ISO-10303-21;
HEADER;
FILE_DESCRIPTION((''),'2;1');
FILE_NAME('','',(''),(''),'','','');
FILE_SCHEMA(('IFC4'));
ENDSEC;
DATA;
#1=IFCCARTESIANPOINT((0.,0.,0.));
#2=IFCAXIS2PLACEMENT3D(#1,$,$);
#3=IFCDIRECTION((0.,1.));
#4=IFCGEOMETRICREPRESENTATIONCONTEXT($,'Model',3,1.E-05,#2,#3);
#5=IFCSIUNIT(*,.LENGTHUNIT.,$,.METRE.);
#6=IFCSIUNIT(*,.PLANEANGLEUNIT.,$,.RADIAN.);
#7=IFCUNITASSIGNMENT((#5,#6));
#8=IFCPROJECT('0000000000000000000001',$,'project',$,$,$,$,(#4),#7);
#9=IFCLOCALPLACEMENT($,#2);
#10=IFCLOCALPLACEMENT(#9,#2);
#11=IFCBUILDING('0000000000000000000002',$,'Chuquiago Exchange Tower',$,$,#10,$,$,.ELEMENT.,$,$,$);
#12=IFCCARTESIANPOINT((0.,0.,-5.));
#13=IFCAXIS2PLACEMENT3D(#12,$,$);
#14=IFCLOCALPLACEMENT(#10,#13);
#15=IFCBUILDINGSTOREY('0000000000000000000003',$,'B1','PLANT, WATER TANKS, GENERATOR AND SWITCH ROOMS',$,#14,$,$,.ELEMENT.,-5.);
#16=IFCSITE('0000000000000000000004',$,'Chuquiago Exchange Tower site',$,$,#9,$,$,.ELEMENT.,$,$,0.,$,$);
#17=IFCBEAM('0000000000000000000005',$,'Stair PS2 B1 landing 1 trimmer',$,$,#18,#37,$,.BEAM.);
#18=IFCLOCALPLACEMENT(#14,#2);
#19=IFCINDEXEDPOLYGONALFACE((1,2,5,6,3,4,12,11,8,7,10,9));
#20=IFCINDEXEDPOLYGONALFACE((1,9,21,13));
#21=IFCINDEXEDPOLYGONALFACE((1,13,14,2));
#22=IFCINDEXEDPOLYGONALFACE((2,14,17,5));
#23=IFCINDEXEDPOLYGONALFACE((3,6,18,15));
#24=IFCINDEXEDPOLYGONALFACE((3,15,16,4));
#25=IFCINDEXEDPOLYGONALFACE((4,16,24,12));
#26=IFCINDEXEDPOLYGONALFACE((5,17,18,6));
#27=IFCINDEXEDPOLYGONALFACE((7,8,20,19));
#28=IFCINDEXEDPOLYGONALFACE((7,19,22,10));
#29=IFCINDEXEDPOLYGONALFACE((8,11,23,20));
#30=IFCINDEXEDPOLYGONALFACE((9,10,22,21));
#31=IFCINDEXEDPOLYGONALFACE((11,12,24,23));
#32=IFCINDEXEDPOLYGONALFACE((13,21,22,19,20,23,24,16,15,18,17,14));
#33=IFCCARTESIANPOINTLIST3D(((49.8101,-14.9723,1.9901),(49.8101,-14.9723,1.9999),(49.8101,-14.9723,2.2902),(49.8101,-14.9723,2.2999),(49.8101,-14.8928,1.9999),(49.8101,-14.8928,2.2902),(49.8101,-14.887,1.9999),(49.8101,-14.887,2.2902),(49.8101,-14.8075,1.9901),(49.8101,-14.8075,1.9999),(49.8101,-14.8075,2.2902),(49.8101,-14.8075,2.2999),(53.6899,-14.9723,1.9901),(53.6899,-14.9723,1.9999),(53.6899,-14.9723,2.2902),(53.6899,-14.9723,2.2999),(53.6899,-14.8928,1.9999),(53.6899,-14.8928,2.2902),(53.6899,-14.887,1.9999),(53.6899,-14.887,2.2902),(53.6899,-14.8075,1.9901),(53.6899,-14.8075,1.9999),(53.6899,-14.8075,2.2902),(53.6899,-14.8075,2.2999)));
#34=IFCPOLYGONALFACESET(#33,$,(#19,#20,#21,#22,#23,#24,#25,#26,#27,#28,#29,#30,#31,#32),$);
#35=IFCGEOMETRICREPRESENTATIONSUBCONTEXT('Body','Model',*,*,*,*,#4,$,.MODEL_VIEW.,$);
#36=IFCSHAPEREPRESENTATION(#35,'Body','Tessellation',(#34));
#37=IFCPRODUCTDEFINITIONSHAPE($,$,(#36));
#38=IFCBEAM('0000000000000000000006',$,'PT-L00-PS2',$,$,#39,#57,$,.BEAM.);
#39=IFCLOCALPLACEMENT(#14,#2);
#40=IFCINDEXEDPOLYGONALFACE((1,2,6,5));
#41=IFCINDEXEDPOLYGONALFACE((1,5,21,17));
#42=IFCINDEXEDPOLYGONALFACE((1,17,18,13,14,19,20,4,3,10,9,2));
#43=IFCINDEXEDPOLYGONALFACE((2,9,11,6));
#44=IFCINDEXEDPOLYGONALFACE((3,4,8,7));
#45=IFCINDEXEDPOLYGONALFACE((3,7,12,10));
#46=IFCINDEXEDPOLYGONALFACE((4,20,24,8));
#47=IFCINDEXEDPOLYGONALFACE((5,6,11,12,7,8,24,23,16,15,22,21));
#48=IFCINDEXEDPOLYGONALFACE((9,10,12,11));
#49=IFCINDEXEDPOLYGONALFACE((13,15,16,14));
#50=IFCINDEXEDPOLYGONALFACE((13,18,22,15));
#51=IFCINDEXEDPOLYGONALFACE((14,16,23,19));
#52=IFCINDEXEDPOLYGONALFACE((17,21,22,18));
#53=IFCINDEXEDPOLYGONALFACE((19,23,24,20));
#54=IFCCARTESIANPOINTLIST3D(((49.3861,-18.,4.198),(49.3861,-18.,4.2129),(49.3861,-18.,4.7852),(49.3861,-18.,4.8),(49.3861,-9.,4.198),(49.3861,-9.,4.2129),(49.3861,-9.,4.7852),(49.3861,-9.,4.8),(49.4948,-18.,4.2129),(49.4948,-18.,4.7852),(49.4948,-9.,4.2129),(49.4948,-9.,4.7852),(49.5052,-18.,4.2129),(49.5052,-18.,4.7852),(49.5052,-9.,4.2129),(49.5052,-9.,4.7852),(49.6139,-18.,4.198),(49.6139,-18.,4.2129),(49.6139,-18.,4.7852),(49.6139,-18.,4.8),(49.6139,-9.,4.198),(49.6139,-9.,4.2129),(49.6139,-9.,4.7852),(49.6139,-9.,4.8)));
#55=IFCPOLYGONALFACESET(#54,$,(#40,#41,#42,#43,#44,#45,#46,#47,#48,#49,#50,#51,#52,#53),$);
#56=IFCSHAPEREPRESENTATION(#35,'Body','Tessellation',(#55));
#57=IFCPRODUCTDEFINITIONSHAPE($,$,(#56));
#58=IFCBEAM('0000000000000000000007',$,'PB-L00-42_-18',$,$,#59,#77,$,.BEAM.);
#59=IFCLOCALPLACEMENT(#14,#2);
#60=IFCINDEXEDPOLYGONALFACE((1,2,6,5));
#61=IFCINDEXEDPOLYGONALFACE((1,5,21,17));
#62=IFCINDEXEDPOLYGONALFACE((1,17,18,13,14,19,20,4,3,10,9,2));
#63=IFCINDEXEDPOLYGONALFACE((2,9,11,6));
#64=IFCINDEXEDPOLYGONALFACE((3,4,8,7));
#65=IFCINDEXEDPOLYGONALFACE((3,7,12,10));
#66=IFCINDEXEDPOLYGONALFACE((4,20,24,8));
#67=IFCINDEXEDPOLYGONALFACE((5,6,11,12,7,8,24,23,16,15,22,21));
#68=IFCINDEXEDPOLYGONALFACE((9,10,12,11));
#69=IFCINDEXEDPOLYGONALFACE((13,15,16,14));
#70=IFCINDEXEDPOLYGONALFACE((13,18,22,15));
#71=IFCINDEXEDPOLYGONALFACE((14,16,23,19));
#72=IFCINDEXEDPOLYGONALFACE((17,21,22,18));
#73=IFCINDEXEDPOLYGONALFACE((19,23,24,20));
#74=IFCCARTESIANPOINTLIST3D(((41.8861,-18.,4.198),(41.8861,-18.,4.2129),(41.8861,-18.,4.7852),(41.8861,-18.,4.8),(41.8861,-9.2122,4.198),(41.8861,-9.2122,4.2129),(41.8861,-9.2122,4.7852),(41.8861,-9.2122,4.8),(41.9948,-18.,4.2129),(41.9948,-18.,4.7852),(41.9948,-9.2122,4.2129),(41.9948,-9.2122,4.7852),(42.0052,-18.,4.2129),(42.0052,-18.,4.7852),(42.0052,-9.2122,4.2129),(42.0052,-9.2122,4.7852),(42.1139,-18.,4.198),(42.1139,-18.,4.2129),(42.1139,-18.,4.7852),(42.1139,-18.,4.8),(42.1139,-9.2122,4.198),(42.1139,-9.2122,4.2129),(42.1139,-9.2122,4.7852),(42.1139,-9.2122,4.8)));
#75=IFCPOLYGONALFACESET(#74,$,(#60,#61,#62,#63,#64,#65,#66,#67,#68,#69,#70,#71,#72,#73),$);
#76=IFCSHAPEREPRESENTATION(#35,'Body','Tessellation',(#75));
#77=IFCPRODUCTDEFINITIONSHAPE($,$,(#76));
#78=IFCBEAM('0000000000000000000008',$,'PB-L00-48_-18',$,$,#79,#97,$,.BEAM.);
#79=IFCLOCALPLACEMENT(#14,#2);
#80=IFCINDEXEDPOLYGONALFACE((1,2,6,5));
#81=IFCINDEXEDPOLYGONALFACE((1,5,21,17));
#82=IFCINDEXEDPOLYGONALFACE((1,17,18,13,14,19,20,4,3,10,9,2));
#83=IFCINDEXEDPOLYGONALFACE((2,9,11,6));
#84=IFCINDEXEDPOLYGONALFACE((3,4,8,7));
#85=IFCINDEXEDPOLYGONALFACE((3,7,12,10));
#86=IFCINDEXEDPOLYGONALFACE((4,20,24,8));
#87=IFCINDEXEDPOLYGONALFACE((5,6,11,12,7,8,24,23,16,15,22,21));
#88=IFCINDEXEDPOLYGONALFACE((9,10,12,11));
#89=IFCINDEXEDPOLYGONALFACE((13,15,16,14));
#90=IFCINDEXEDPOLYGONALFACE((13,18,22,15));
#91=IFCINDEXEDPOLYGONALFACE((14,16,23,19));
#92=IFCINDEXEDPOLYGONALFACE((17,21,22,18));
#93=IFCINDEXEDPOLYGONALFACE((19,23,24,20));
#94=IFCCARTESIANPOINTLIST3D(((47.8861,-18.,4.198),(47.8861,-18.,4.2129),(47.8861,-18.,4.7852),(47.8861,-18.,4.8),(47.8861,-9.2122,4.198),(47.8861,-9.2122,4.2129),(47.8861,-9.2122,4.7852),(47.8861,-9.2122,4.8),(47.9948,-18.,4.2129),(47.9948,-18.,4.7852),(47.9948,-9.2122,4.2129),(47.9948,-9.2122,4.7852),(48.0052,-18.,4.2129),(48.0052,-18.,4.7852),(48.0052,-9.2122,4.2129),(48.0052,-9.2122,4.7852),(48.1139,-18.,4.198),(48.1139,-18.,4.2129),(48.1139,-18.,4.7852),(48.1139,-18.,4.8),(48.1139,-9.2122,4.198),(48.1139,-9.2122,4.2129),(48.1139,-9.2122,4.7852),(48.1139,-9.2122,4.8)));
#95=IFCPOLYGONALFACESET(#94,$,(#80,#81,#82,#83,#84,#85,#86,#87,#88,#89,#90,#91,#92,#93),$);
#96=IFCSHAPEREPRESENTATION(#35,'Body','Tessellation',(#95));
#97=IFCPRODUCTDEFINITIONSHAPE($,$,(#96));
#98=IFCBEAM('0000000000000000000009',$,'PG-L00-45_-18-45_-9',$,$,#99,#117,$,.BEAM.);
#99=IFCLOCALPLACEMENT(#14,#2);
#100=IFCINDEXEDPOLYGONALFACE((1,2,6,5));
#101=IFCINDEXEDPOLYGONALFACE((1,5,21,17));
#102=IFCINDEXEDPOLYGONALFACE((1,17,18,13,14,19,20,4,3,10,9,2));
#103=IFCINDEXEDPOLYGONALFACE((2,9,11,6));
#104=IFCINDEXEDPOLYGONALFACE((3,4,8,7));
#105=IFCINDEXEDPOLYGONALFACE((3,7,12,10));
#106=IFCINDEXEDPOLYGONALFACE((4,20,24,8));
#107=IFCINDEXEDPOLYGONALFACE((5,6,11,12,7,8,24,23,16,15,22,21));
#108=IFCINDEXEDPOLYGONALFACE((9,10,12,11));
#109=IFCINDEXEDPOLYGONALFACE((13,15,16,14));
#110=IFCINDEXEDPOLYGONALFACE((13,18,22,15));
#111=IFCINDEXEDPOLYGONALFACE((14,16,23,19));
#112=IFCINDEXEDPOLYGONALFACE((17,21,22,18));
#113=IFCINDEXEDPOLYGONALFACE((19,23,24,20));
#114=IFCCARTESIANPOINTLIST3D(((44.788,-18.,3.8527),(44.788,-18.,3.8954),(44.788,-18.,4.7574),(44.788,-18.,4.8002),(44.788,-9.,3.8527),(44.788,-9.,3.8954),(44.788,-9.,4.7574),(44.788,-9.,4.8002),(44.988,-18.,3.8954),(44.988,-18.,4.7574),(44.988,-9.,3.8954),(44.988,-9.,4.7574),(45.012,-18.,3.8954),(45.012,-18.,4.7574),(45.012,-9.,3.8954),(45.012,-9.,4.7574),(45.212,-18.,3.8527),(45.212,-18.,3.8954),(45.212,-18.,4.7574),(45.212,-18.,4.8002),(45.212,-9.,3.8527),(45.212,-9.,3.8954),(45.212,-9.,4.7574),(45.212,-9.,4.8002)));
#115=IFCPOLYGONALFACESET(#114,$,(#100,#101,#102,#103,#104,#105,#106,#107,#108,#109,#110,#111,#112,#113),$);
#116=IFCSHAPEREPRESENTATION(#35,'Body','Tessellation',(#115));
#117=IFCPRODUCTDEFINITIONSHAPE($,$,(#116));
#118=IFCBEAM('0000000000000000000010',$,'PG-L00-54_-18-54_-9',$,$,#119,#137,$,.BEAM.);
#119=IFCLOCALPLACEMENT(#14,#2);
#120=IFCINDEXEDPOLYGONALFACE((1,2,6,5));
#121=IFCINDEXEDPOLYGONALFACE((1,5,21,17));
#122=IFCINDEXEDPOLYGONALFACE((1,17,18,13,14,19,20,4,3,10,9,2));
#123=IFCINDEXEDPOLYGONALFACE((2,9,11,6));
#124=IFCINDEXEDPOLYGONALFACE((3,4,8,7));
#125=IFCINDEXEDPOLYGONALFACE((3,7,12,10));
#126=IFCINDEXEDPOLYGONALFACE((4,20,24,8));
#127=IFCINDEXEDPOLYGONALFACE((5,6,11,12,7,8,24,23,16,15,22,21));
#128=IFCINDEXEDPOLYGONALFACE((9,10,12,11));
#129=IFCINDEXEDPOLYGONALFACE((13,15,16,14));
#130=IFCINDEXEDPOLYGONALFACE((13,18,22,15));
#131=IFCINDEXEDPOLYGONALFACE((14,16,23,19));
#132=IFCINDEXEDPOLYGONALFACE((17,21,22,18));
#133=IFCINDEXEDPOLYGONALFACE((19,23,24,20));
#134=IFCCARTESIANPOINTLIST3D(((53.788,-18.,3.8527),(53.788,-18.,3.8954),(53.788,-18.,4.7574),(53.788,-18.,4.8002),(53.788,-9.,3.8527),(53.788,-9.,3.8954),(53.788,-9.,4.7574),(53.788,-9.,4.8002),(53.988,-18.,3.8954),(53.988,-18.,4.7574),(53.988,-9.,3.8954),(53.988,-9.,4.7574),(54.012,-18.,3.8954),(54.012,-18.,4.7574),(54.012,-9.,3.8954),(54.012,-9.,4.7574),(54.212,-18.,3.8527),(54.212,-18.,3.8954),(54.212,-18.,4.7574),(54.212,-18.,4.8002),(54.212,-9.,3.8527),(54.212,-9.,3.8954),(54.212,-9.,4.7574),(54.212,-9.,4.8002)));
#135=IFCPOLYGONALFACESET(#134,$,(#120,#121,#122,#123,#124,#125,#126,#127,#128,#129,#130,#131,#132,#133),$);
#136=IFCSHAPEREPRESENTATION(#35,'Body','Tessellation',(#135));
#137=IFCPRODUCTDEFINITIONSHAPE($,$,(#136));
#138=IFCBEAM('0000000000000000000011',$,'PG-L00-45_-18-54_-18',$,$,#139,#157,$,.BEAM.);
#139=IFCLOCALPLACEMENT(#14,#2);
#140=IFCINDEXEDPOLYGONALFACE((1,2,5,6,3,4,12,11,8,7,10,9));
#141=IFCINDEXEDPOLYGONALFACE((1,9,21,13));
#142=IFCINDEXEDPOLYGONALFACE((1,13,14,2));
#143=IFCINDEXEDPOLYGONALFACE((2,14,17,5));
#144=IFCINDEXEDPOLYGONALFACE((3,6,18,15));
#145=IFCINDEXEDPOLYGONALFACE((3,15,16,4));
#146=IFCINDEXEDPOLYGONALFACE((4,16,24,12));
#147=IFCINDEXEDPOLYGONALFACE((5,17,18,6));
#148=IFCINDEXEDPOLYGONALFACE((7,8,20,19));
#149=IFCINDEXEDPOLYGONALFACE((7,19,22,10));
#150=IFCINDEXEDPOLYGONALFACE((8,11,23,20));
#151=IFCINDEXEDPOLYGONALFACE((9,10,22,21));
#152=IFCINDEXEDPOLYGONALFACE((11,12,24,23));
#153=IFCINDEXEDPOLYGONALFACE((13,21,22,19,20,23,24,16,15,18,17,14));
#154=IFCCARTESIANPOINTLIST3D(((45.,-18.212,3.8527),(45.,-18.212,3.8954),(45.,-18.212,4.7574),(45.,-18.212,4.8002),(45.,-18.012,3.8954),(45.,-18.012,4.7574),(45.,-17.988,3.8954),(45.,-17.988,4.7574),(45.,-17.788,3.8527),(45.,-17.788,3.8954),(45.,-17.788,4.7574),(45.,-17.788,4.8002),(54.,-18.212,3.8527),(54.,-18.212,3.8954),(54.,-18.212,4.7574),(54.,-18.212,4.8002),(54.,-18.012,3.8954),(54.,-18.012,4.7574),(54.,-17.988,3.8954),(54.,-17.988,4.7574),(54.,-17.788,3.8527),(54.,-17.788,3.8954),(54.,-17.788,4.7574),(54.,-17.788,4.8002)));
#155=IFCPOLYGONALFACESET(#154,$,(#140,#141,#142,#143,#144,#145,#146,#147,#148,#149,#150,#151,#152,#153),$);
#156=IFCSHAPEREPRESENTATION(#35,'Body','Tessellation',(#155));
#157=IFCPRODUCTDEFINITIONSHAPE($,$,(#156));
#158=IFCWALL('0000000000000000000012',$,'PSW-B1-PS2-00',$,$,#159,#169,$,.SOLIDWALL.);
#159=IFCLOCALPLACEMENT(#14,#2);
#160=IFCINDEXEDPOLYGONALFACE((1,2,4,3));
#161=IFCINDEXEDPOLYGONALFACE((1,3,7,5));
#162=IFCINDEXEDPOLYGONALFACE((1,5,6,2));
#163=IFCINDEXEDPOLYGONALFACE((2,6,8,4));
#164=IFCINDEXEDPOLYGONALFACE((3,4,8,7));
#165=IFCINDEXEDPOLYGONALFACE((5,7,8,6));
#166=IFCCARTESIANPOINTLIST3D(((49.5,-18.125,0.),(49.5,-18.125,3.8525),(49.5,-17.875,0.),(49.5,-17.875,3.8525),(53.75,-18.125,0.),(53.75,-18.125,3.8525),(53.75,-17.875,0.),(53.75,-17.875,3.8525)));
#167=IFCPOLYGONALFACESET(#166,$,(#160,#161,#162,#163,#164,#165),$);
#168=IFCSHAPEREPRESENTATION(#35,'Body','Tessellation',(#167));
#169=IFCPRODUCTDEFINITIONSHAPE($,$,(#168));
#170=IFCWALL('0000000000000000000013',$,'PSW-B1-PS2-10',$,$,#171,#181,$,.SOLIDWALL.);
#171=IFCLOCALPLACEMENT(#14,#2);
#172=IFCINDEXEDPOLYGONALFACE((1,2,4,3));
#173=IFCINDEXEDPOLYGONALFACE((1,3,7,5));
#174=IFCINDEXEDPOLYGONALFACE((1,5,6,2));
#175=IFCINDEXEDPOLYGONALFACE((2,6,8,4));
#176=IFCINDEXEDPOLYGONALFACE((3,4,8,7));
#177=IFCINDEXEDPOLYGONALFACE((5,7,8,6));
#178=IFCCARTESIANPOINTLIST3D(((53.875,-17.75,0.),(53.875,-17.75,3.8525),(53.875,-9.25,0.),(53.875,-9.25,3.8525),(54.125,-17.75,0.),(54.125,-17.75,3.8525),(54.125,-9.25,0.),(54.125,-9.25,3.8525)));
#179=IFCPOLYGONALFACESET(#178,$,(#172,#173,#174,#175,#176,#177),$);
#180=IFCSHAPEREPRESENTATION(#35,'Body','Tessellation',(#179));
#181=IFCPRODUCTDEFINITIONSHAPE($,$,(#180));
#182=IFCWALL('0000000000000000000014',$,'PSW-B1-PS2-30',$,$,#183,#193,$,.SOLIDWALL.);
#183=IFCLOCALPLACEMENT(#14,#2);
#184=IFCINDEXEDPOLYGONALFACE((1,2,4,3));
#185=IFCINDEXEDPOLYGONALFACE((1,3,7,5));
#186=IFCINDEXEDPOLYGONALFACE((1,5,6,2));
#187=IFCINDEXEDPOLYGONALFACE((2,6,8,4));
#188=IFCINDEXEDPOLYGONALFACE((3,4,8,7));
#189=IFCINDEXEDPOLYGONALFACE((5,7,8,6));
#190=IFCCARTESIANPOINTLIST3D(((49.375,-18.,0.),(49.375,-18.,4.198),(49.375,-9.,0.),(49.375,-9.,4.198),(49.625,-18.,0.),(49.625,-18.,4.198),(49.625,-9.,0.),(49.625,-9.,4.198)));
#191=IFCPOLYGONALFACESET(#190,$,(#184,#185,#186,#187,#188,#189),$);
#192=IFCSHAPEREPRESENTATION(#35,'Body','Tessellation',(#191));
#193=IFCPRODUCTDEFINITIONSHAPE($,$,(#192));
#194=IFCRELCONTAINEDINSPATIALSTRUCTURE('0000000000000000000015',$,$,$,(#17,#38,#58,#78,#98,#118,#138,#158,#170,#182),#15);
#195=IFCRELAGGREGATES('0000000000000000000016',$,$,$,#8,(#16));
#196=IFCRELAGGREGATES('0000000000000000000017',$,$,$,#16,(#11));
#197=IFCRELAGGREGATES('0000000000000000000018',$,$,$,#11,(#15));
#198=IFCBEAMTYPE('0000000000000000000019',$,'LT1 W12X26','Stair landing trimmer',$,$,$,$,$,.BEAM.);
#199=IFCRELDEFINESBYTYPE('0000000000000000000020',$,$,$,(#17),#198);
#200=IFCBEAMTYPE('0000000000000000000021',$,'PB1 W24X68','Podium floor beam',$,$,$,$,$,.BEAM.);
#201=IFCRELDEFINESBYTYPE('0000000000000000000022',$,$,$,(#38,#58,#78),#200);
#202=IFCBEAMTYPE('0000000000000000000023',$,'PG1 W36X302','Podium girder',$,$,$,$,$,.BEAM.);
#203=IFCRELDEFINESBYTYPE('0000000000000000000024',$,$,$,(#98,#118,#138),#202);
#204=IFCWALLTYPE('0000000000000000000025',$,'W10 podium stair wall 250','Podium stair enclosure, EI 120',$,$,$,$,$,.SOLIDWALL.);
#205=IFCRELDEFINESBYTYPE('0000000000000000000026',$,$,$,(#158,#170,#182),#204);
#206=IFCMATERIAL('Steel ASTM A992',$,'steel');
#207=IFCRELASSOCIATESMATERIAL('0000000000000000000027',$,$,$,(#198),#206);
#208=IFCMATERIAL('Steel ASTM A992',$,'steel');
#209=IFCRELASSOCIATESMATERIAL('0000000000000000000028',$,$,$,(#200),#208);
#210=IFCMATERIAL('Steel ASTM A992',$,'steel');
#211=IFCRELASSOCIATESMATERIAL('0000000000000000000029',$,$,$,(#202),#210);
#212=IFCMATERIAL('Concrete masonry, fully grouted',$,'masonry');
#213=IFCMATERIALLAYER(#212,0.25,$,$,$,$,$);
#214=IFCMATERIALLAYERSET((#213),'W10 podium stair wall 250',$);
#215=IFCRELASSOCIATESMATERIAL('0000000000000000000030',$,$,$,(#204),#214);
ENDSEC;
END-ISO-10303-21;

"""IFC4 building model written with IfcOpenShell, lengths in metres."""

from ifc_helpers import new_model, si_unit, direction, frame, frame_2d, origin, origin_2d, place, context, subcontext, project, spatial, rectangle, i_section, extrude, material, layer, layer_set, material_profile, profile_set, type_object, element, save


model = new_model("IFC4")

# Units and contexts
model_context = context("Model", 3, precision=1e-05, world=origin(), true_north=direction((0.0, 1.0)))
body_context = subcontext(model_context, "Body", "Model", "MODEL_VIEW")
ifc_project = project(units=[si_unit("LENGTHUNIT", "METRE"), si_unit("PLANEANGLEUNIT", "RADIAN")], contexts=[model_context])

# Site, building, storey
site_placement = place(None, origin())
site = spatial("IfcSite", under=ifc_project, at=site_placement, Name="Chuquiago Exchange Tower site", CompositionType="ELEMENT", RefElevation=0.0)
building_placement = place(site_placement, origin())
building = spatial("IfcBuilding", under=site, at=building_placement, Name="Chuquiago Exchange Tower", CompositionType="ELEMENT")
storey_placement = place(building_placement, frame((0.0, 0.0, -5.0)))
storey = spatial("IfcBuildingStorey", under=building, at=storey_placement, Name="B1", Description="PLANT, WATER TANKS, GENERATOR AND SWITCH ROOMS", CompositionType="ELEMENT", Elevation=-5.0)

# Beams
ifc_material_1 = material(Name="Steel ASTM A992", Category="steel")
ifc_material_profile_1 = material_profile(ifc_material_1, i_section(OverallWidth=0.1648, OverallDepth=0.3098, WebThickness=0.0059, FlangeThickness=0.0098, at=origin_2d()), Name="W12X26")
ifc_profile_set_1 = profile_set([ifc_material_profile_1], Name="Steel ASTM A992")
beam_type_1 = type_object("IfcBeamType", Name="LT1 W12X26", Description="Stair landing trimmer", PredefinedType="BEAM", material=ifc_profile_set_1)
beam_1_placement = place(storey_placement, frame((49.8101, -14.8899, 2.145), z_axis=(1.0, 0.0, 0.0), x_axis=(0.0, 1.0, 0.0)))
element("IfcBeam", 1, at=beam_1_placement, inside=storey, type_object=beam_type_1, Name="Stair PS2 B1 landing 1 trimmer", PredefinedType="BEAM", context=body_context, shape_type="SweptSolid", body=[
    extrude(i_section(OverallWidth=0.1648, OverallDepth=0.3098, WebThickness=0.0059, FlangeThickness=0.0098, at=origin_2d()), origin(), (0.0, 0.0, 1.0), 3.8799),
])
ifc_material_2 = material(Name="Steel ASTM A992", Category="steel")
ifc_material_profile_2 = material_profile(ifc_material_2, i_section(OverallWidth=0.2278, OverallDepth=0.6021, WebThickness=0.0105, FlangeThickness=0.0149, at=origin_2d()), Name="W24X68")
ifc_profile_set_2 = profile_set([ifc_material_profile_2], Name="Steel ASTM A992")
beam_type_2 = type_object("IfcBeamType", Name="PB1 W24X68", Description="Podium floor beam", PredefinedType="BEAM", material=ifc_profile_set_2)
beam_2_placement = place(storey_placement, frame((49.5, -18.0, 4.499), z_axis=(0.0, 1.0, 0.0), x_axis=(-1.0, 0.0, 0.0)))
element("IfcBeam", 2, at=beam_2_placement, inside=storey, type_object=beam_type_2, Name="PT-L00-PS2", PredefinedType="BEAM", context=body_context, shape_type="SweptSolid", body=[
    extrude(i_section(OverallWidth=0.2278, OverallDepth=0.6021, WebThickness=0.0105, FlangeThickness=0.0149, at=origin_2d()), origin(), (0.0, 0.0, 1.0), 9.0),
])
for number, where, z_axis, x_axis, name in (
    (3, (42.0, -18.0, 4.499), (0.0, 1.0, 0.0), (-1.0, 0.0, 0.0), "PB-L00-42_-18"),
    (4, (48.0, -18.0, 4.499), (0.0, 1.0, 0.0), (-1.0, 0.0, 0.0), "PB-L00-48_-18"),
):
    element("IfcBeam", number, at=place(storey_placement, frame(where, z_axis=z_axis, x_axis=x_axis)), inside=storey, type_object=beam_type_2, Name=name, PredefinedType="BEAM", context=body_context, shape_type="SweptSolid", body=[
        extrude(i_section(OverallWidth=0.2278, OverallDepth=0.6021, WebThickness=0.0105, FlangeThickness=0.0149, at=origin_2d()), origin(), (0.0, 0.0, 1.0), 8.7878),
    ])
ifc_material_3 = material(Name="Steel ASTM A992", Category="steel")
ifc_material_profile_3 = material_profile(ifc_material_3, i_section(OverallWidth=0.4241, OverallDepth=0.9475, WebThickness=0.0239, FlangeThickness=0.0427, at=origin_2d()), Name="W36X302")
ifc_profile_set_3 = profile_set([ifc_material_profile_3], Name="Steel ASTM A992")
beam_type_3 = type_object("IfcBeamType", Name="PG1 W36X302", Description="Podium girder", PredefinedType="BEAM", material=ifc_profile_set_3)
for number, where, z_axis, x_axis, name in (
    (5, (45.0, -18.0, 4.3264), (0.0, 1.0, 0.0), (-1.0, 0.0, 0.0), "PG-L00-45_-18-45_-9"),
    (6, (54.0, -18.0, 4.3264), (0.0, 1.0, 0.0), (-1.0, 0.0, 0.0), "PG-L00-54_-18-54_-9"),
    (7, (45.0, -18.0, 4.3264), (1.0, 0.0, 0.0), (0.0, 1.0, 0.0), "PG-L00-45_-18-54_-18"),
):
    element("IfcBeam", number, at=place(storey_placement, frame(where, z_axis=z_axis, x_axis=x_axis)), inside=storey, type_object=beam_type_3, Name=name, PredefinedType="BEAM", context=body_context, shape_type="SweptSolid", body=[
        extrude(i_section(OverallWidth=0.4241, OverallDepth=0.9475, WebThickness=0.0239, FlangeThickness=0.0427, at=origin_2d()), origin(), (0.0, 0.0, 1.0), 9.0),
    ])

# Walls
ifc_material_4 = material(Name="Concrete masonry, fully grouted", Category="masonry")
ifc_layer_1 = layer(ifc_material_4, 0.25)
ifc_layer_set_1 = layer_set([ifc_layer_1], Name="W10 podium stair wall 250")
wall_type_1 = type_object("IfcWallType", Name="W10 podium stair wall 250", Description="Podium stair enclosure, EI 120", PredefinedType="SOLIDWALL", material=ifc_layer_set_1)
wall_1_placement = place(storey_placement, frame((49.5, -18.0, 0.0), z_axis=(0.0, 0.0, 1.0), x_axis=(1.0, 0.0, 0.0)))
element("IfcWall", 8, at=wall_1_placement, inside=storey, type_object=wall_type_1, Name="PSW-B1-PS2-00", PredefinedType="SOLIDWALL", context=body_context, shape_type="SweptSolid", body=[
    extrude(rectangle(XDim=4.25, YDim=0.25, at=frame_2d((2.125, 0.0))), origin(), (0.0, 0.0, 1.0), 3.8525),
])
wall_2_placement = place(storey_placement, frame((54.0, -17.75, 0.0), z_axis=(0.0, 0.0, 1.0), x_axis=(0.0, 1.0, 0.0)))
element("IfcWall", 9, at=wall_2_placement, inside=storey, type_object=wall_type_1, Name="PSW-B1-PS2-10", PredefinedType="SOLIDWALL", context=body_context, shape_type="SweptSolid", body=[
    extrude(rectangle(XDim=8.5, YDim=0.25, at=frame_2d((4.25, 0.0))), origin(), (0.0, 0.0, 1.0), 3.8525),
])
wall_3_placement = place(storey_placement, frame((49.5, -18.0, 0.0), z_axis=(0.0, 0.0, 1.0), x_axis=(0.0, 1.0, 0.0)))
element("IfcWall", 10, at=wall_3_placement, inside=storey, type_object=wall_type_1, Name="PSW-B1-PS2-30", PredefinedType="SOLIDWALL", context=body_context, shape_type="SweptSolid", body=[
    extrude(rectangle(XDim=9.0, YDim=0.25, at=frame_2d((4.5, 0.0))), origin(), (0.0, 0.0, 1.0), 4.198),
])

save(model, "model.ifc")
